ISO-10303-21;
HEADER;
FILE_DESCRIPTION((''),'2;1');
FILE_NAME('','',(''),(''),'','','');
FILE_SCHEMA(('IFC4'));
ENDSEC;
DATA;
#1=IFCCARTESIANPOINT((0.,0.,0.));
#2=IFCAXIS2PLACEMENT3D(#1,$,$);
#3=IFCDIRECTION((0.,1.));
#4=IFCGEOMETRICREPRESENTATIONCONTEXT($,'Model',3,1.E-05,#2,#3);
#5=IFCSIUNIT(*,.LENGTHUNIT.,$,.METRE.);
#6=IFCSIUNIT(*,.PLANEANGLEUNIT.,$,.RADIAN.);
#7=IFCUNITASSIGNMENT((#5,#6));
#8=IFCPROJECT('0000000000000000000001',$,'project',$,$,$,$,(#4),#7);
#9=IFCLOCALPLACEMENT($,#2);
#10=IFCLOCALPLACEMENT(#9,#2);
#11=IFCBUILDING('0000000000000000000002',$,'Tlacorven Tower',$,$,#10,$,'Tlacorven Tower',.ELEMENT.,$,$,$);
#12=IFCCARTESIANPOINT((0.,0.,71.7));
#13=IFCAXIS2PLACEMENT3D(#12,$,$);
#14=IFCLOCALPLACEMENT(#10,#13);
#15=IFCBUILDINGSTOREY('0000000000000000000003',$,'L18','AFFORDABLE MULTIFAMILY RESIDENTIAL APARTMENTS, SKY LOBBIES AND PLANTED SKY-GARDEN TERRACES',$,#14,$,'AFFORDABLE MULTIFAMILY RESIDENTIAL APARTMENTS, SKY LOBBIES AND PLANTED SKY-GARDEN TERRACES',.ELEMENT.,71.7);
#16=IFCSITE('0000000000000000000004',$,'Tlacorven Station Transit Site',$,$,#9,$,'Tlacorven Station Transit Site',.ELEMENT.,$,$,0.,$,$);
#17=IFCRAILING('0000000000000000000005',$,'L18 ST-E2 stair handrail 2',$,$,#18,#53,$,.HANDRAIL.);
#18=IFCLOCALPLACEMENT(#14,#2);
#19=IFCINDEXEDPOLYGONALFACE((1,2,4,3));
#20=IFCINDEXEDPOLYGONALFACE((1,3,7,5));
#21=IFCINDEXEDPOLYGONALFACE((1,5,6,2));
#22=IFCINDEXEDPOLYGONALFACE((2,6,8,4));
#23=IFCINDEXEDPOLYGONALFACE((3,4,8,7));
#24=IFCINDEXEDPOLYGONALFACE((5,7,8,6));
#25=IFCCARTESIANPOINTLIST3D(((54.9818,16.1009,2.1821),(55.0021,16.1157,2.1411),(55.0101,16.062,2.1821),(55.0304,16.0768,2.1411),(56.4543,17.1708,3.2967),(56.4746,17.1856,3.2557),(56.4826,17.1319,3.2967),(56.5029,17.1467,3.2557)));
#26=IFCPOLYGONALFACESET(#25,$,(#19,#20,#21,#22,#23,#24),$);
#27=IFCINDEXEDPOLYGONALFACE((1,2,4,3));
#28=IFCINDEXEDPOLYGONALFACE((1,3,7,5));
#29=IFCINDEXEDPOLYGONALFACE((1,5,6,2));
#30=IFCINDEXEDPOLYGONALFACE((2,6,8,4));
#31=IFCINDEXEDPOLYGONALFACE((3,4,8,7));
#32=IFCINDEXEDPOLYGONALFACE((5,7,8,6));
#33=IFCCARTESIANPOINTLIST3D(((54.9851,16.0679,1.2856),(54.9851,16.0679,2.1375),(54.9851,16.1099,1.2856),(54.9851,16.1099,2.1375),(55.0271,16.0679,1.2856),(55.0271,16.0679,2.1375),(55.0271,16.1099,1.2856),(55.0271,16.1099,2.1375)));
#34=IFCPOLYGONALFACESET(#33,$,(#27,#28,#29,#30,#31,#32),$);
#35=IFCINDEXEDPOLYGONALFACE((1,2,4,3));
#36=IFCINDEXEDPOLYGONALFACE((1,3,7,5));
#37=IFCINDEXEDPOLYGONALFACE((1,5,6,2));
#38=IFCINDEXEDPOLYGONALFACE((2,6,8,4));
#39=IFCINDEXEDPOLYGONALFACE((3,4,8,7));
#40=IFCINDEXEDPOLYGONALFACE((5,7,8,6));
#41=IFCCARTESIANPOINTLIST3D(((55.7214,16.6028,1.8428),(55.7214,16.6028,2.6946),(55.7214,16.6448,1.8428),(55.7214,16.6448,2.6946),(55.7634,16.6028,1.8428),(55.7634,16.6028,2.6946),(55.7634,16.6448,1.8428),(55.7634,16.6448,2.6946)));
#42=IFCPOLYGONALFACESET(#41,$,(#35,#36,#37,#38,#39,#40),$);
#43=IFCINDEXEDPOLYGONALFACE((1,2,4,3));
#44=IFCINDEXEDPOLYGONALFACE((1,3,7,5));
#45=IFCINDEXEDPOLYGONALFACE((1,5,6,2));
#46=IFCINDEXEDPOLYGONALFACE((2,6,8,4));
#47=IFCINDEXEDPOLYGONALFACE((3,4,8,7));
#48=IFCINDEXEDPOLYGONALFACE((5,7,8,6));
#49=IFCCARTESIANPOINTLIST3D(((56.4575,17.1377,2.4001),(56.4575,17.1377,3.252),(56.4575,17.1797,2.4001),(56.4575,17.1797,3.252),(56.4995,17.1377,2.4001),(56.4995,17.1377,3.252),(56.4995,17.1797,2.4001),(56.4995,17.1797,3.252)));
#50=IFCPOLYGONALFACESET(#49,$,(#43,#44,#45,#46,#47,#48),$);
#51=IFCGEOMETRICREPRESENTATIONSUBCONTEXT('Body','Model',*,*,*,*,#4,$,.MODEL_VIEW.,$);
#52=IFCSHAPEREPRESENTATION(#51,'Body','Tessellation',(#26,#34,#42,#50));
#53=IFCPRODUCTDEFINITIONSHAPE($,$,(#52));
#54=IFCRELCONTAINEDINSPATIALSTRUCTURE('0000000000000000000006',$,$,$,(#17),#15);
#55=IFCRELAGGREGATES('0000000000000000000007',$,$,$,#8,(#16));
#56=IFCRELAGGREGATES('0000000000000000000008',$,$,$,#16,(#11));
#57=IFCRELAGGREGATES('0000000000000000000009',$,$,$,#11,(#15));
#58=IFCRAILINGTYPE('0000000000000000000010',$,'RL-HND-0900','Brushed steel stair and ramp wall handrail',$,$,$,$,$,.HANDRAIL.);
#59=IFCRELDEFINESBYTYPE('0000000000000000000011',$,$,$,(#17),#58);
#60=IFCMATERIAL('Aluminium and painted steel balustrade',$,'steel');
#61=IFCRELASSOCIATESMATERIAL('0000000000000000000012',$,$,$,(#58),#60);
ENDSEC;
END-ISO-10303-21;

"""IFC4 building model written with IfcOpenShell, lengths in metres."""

from ifc_helpers import new_model, si_unit, direction, frame, origin, origin_2d, place, context, subcontext, project, spatial, rectangle, extrude, source, transform, mapped, material, type_object, element, save


model = new_model("IFC4")

# Units and contexts
model_context = context("Model", 3, precision=1e-05, world=origin(), true_north=direction((0.0, 1.0)))
body_context = subcontext(model_context, "Body", "Model", "MODEL_VIEW")
ifc_project = project(units=[si_unit("LENGTHUNIT", "METRE"), si_unit("PLANEANGLEUNIT", "RADIAN")], contexts=[model_context])

# Site, building, storey
site_placement = place(None, origin())
site = spatial("IfcSite", under=ifc_project, at=site_placement, Name="Tlacorven Station Transit Site", LongName="Tlacorven Station Transit Site", CompositionType="ELEMENT", RefElevation=0.0)
building_placement = place(site_placement, origin())
building = spatial("IfcBuilding", under=site, at=building_placement, Name="Tlacorven Tower", LongName="Tlacorven Tower", CompositionType="ELEMENT")
storey_placement = place(building_placement, frame((0.0, 0.0, 71.7)))
storey = spatial("IfcBuildingStorey", under=building, at=storey_placement, Name="L18", Description="AFFORDABLE MULTIFAMILY RESIDENTIAL APARTMENTS, SKY LOBBIES AND PLANTED SKY-GARDEN TERRACES", LongName="AFFORDABLE MULTIFAMILY RESIDENTIAL APARTMENTS, SKY LOBBIES AND PLANTED SKY-GARDEN TERRACES", CompositionType="ELEMENT", Elevation=71.7)

# Railing
ifc_material_1 = material(Name="Aluminium and painted steel balustrade", Category="steel")
railing_type_1 = type_object("IfcRailingType", Name="RL-HND-0900", Description="Brushed steel stair and ramp wall handrail", PredefinedType="HANDRAIL", material=ifc_material_1)
shared_shape_1 = source(origin(), body_context, "Body", "SweptSolid", [
    extrude(rectangle(XDim=0.0481, YDim=0.0481, at=origin_2d()), frame((0.0, 0.0, 0.876), z_axis=(0.689926, 0.501286, 0.522221), x_axis=(-0.587805, 0.809003, 0.0)), (0.0, 0.0, 1.0), 2.1343),
    extrude(rectangle(XDim=0.042, YDim=0.042, at=origin_2d()), origin(), (0.0, 0.0, 1.0), 0.8518),
    extrude(rectangle(XDim=0.042, YDim=0.042, at=origin_2d()), frame((0.7363, 0.5349, 0.5571)), (0.0, 0.0, 1.0), 0.8518),
    extrude(rectangle(XDim=0.042, YDim=0.042, at=origin_2d()), frame((1.4724, 1.0698, 1.1145)), (0.0, 0.0, 1.0), 0.8518),
])
railing_1_placement = place(storey_placement, frame((55.0061, 16.0889, 1.2856)))
element("IfcRailing", 1, at=railing_1_placement, inside=storey, type_object=railing_type_1, Name="L18 ST-E2 stair handrail 2", PredefinedType="HANDRAIL", context=body_context, shape_type="MappedRepresentation", body=[
    mapped(shared_shape_1, transform((0.0, 0.0, 0.0), scale=1.0)),
])

save(model, "model.ifc")
